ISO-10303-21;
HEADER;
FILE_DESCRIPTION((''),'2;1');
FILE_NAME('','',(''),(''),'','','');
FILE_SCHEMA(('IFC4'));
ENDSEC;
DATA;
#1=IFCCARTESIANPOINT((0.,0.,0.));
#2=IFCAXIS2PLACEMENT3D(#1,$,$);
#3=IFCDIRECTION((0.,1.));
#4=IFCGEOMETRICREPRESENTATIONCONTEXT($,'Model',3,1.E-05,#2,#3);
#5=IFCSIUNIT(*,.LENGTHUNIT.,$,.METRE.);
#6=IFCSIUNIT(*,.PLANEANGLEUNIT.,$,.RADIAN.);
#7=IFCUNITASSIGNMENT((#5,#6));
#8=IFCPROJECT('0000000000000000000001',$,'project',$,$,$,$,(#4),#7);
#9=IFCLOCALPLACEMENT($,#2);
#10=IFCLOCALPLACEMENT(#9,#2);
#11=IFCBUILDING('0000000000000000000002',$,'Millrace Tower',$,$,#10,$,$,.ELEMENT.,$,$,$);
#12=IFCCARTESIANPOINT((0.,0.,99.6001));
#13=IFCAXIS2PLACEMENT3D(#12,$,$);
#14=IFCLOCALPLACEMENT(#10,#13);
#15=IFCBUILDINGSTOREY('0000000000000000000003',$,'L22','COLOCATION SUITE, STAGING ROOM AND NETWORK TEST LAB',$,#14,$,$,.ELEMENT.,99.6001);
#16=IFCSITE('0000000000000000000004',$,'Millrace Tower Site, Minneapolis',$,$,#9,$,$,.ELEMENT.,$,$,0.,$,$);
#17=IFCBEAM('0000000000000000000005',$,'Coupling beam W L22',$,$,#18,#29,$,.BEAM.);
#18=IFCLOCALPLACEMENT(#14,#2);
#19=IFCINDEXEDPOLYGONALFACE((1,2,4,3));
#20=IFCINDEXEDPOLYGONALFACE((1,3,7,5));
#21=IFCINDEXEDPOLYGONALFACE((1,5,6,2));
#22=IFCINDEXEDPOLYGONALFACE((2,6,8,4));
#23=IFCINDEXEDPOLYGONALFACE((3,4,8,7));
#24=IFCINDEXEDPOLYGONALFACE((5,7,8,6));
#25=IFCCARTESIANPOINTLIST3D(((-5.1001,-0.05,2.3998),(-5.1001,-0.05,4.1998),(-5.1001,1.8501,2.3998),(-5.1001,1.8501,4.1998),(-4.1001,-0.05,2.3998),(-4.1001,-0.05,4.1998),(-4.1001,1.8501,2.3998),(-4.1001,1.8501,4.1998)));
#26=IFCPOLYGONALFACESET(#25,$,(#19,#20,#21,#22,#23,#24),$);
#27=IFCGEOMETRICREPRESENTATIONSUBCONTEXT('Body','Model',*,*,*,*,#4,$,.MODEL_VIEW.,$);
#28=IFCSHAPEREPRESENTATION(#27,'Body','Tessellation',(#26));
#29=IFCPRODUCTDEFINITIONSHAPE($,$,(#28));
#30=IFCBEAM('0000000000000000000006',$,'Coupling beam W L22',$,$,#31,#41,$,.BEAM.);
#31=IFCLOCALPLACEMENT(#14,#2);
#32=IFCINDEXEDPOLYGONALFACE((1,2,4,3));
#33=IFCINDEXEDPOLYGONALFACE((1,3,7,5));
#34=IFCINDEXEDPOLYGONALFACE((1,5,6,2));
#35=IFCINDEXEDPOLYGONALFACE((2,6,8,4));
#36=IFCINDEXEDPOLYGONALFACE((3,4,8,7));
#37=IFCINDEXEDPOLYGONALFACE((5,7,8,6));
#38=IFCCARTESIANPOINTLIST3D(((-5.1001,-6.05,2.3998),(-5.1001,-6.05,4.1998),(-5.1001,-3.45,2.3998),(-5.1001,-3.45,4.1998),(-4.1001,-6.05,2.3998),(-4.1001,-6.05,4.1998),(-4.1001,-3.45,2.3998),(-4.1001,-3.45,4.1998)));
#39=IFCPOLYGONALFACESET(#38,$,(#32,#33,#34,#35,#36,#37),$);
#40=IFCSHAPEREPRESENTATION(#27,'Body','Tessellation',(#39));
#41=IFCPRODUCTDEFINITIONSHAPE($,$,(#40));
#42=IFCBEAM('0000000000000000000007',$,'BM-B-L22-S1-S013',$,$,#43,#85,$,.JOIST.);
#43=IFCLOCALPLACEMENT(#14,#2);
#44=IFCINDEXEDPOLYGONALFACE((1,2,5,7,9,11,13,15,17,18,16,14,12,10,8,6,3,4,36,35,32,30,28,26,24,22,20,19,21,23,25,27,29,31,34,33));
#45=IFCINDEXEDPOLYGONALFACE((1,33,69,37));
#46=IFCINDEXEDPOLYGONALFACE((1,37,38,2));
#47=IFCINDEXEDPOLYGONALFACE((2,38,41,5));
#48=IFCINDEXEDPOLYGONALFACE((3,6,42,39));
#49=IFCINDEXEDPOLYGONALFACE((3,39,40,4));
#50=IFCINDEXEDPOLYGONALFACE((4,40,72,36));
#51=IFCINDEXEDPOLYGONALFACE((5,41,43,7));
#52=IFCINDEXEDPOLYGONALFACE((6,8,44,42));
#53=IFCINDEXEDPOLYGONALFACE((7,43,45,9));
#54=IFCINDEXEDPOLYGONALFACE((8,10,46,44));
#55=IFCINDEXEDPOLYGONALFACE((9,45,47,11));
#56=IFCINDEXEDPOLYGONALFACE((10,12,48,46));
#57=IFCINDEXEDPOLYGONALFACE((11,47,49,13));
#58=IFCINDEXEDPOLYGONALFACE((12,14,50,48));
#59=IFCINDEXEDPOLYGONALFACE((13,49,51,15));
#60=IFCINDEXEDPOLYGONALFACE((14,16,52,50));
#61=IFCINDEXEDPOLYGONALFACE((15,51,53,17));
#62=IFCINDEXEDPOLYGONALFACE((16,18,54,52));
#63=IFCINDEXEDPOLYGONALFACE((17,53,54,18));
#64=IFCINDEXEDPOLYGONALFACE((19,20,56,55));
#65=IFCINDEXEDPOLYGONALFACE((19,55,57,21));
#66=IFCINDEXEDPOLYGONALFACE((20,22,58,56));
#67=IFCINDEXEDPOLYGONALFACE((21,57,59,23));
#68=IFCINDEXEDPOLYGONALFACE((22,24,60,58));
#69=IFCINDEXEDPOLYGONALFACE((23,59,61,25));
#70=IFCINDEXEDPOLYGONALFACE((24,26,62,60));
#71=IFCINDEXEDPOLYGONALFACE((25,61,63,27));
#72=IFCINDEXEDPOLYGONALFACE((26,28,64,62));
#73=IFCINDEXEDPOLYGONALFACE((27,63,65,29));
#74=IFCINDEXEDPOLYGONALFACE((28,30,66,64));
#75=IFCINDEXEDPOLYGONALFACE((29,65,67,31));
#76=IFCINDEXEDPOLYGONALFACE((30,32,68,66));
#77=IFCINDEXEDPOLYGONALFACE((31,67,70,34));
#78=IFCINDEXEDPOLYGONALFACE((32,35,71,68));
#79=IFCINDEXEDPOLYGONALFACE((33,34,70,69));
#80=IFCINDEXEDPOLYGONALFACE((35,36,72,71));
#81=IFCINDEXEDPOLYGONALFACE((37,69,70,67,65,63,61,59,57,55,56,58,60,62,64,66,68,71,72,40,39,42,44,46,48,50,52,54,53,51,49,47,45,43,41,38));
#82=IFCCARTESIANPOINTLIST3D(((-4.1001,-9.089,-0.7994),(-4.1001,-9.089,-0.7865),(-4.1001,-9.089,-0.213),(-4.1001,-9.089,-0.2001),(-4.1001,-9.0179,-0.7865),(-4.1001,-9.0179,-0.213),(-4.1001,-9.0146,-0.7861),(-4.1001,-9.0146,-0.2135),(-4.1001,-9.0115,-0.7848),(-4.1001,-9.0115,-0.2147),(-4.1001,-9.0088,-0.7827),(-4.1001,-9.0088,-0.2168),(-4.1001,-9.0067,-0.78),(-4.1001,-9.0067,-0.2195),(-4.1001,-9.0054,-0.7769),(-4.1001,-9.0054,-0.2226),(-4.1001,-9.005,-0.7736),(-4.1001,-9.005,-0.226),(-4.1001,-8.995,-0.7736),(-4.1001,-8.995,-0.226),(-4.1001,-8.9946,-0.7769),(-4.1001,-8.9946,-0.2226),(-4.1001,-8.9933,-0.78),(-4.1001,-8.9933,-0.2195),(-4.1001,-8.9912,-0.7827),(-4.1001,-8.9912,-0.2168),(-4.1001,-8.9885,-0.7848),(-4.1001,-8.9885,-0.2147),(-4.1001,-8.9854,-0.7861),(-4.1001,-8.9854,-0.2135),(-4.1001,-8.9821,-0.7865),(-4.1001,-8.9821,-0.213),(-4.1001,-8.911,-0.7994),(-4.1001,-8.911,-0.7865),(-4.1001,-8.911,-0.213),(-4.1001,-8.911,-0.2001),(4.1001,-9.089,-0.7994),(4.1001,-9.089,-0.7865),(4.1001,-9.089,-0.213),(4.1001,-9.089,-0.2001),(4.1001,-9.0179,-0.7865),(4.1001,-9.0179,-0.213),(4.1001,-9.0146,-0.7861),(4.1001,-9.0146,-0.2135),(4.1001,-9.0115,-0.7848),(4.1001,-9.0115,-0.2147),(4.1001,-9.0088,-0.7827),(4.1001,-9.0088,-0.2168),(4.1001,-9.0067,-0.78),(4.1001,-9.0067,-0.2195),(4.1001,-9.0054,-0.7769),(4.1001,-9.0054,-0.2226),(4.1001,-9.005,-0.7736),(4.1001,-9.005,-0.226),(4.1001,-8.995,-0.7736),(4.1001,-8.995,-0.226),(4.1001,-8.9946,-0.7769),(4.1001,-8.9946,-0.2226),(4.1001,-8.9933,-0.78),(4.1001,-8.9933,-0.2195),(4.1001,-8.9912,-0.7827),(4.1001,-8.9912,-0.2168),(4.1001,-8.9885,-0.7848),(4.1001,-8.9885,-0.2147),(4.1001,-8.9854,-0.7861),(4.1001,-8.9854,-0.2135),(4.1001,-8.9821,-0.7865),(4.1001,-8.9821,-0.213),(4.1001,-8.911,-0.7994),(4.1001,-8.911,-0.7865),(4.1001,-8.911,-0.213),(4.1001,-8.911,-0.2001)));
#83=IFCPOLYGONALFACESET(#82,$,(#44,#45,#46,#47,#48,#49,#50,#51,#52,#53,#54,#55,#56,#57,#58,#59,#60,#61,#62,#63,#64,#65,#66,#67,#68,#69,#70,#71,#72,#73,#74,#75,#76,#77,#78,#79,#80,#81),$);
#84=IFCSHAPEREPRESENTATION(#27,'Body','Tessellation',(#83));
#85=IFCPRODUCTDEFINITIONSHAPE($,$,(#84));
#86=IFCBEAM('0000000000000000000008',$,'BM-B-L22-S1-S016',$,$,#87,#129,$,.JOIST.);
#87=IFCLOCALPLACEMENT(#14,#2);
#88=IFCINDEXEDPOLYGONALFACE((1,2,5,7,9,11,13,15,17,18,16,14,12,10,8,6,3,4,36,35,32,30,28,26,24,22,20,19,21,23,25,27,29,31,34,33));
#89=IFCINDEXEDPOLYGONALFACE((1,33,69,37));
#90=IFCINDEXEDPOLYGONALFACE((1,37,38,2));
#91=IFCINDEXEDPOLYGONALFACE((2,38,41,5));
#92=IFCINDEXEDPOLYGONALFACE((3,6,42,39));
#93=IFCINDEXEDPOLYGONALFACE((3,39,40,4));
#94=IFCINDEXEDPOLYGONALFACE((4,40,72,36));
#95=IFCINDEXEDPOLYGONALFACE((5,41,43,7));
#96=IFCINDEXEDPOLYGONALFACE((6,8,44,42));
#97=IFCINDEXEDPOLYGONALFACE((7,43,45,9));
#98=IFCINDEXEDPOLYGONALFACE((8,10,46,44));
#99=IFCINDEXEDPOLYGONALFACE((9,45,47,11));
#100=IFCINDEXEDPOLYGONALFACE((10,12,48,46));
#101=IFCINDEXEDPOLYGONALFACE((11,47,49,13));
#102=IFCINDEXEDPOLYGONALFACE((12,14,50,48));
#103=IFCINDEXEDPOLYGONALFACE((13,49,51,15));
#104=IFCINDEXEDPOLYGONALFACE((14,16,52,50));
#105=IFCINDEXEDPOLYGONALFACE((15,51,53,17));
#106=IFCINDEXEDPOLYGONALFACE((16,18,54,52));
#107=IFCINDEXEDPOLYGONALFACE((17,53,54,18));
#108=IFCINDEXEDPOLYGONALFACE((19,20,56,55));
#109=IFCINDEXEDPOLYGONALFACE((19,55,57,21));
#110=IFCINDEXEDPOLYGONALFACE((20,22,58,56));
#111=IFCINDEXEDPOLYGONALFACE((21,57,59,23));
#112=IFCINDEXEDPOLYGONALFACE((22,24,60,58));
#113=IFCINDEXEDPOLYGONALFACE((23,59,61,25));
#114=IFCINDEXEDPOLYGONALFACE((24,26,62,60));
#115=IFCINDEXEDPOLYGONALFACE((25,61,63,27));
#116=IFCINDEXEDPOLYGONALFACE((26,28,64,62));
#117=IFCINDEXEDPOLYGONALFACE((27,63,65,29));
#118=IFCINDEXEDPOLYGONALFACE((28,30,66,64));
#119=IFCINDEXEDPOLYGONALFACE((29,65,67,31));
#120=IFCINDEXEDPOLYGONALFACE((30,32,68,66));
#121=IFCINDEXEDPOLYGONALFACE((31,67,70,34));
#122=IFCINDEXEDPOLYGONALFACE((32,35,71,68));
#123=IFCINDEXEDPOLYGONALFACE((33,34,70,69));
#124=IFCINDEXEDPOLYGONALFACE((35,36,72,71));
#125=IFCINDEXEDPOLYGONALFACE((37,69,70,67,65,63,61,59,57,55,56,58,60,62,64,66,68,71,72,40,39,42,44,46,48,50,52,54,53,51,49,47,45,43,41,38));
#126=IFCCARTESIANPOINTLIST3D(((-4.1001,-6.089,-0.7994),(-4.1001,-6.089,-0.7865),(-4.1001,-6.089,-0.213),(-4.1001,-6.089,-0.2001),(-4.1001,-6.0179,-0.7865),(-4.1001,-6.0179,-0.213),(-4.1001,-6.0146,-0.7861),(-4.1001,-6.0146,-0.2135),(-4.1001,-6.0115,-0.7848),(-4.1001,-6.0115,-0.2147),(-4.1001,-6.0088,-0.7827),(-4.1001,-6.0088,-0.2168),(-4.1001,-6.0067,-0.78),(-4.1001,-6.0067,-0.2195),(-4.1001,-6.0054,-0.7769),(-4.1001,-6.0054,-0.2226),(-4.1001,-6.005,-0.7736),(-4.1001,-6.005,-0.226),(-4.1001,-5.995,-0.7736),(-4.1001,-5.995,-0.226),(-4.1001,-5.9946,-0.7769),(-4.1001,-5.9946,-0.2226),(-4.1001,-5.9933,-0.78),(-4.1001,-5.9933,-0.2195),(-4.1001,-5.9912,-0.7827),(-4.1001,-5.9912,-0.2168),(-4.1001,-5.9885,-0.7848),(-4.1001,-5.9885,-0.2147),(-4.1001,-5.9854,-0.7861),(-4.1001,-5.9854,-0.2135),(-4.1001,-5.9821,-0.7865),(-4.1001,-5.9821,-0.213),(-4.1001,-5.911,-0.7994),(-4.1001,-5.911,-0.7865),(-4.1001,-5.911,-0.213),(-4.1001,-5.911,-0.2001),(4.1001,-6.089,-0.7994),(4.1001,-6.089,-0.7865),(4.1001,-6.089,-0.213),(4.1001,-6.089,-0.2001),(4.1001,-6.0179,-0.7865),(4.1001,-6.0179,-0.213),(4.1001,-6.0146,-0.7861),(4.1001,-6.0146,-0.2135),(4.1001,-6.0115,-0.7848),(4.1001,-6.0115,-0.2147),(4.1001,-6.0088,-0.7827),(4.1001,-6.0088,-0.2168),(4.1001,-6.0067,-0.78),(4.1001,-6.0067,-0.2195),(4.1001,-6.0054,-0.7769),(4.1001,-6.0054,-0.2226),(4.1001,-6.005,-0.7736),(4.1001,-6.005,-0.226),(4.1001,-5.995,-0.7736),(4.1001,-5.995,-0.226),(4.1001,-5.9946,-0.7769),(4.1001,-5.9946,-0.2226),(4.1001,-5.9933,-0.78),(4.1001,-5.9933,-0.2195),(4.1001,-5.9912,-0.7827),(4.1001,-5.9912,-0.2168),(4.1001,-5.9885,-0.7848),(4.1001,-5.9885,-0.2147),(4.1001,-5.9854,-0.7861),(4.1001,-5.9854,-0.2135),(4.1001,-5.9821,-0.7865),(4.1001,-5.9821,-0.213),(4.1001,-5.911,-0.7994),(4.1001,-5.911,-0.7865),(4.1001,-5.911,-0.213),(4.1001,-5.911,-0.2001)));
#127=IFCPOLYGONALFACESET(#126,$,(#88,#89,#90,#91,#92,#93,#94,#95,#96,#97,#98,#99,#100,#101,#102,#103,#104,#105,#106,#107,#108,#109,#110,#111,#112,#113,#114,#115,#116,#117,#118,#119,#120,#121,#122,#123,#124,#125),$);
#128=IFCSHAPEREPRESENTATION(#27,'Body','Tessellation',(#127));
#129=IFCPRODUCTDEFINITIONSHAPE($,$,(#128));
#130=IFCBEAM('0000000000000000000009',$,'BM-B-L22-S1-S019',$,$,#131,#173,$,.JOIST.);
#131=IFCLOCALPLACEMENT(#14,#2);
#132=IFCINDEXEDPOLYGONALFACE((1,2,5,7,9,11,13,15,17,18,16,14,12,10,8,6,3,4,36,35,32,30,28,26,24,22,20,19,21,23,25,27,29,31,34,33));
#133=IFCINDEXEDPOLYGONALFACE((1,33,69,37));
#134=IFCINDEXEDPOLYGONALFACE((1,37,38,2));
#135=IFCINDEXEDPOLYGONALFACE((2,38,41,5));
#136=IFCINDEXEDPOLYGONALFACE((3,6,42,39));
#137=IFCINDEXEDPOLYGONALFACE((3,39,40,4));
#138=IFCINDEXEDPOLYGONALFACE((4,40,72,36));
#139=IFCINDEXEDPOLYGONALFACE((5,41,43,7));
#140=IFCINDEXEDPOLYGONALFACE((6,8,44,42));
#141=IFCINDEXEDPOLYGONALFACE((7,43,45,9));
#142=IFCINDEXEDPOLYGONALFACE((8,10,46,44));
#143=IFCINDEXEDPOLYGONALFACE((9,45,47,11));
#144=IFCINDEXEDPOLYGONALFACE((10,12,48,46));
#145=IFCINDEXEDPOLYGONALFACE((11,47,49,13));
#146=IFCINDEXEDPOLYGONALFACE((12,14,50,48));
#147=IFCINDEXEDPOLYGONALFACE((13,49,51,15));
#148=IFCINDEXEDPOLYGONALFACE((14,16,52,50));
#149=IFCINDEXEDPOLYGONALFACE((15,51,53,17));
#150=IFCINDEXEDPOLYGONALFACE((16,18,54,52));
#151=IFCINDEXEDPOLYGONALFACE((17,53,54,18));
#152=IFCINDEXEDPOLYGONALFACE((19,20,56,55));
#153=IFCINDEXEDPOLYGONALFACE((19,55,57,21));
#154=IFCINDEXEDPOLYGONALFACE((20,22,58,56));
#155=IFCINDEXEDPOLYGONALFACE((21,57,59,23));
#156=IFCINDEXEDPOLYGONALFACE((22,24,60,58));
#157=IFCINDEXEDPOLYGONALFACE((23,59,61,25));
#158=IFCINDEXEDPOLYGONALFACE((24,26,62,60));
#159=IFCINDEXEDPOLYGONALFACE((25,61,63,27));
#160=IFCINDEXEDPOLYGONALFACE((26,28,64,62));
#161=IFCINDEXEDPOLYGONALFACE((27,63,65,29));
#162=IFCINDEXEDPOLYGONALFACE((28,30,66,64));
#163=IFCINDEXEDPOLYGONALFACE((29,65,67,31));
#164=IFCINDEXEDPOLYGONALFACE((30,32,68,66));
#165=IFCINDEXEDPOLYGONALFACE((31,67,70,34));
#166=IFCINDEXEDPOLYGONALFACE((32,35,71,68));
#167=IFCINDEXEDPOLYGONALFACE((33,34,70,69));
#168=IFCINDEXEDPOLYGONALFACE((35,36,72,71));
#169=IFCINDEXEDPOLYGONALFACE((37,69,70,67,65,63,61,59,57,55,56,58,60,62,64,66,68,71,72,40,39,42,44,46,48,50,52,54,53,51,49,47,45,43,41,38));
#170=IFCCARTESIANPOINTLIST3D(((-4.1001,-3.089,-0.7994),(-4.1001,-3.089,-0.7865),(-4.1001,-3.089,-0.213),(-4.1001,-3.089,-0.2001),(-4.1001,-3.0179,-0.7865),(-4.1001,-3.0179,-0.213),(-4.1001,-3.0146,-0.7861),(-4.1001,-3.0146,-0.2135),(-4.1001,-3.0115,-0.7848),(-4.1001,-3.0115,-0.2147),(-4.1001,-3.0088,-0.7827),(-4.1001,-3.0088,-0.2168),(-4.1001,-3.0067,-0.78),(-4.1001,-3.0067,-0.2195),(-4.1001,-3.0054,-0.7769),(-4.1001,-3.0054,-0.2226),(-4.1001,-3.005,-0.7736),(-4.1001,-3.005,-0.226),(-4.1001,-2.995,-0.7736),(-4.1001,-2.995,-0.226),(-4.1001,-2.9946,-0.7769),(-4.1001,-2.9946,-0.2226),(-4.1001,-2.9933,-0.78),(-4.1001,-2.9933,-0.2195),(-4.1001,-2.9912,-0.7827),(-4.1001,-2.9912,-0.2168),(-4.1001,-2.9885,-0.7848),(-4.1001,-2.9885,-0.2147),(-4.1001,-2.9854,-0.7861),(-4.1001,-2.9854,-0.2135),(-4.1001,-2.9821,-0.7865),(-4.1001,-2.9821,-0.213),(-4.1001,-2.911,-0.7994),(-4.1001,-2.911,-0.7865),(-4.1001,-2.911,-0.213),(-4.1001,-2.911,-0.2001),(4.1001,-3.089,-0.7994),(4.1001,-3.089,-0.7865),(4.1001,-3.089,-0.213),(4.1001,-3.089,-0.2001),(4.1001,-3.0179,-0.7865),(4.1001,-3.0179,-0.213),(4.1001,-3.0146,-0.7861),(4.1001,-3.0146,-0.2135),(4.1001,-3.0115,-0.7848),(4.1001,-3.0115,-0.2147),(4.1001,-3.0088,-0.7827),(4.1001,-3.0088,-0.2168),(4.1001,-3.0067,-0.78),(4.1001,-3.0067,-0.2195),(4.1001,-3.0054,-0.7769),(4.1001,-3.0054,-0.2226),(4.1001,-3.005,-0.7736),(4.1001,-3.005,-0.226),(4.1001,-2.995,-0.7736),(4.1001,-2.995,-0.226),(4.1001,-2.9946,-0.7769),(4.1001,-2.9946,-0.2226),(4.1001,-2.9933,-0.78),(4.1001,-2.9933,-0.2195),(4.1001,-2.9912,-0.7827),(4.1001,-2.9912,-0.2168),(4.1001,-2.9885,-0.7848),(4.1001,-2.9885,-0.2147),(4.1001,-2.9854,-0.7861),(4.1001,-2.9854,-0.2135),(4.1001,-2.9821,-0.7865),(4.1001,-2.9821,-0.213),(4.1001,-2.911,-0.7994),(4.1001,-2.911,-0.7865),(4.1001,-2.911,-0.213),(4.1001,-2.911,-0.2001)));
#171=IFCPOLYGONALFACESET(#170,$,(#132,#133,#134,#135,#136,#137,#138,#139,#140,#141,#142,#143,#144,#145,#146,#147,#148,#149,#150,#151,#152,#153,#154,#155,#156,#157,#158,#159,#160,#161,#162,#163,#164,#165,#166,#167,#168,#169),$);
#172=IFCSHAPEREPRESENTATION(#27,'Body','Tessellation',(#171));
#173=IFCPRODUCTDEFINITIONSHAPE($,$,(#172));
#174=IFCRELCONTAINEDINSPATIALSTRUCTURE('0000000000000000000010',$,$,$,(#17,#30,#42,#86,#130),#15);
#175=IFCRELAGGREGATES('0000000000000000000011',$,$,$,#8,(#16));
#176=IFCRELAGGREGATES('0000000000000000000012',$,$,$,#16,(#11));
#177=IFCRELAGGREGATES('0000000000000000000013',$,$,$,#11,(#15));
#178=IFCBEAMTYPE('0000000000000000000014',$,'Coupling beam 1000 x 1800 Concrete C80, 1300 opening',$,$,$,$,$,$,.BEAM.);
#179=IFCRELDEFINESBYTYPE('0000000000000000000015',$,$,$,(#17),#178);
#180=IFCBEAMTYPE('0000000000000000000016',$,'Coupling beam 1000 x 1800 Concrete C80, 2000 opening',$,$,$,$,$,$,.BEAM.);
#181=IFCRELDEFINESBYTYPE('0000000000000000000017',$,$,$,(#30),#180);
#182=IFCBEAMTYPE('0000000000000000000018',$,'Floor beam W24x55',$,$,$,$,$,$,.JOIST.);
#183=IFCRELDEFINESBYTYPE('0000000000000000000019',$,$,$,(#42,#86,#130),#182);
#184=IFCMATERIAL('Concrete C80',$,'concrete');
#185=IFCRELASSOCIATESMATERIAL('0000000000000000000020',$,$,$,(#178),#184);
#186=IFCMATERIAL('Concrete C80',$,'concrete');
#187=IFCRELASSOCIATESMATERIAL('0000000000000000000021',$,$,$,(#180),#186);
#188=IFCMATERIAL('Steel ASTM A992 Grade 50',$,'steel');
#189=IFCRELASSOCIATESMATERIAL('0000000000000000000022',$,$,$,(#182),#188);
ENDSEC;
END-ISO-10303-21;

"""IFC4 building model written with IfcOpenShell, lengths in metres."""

from ifc_helpers import new_model, si_unit, direction, frame, origin, origin_2d, place, context, subcontext, project, spatial, rectangle, i_section, extrude, material, material_profile, profile_set, type_object, element, save


model = new_model("IFC4")

# Units and contexts
model_context = context("Model", 3, precision=1e-05, world=origin(), true_north=direction((0.0, 1.0)))
body_context = subcontext(model_context, "Body", "Model", "MODEL_VIEW")
ifc_project = project(units=[si_unit("LENGTHUNIT", "METRE"), si_unit("PLANEANGLEUNIT", "RADIAN")], contexts=[model_context])

# Site, building, storey
site_placement = place(None, origin())
site = spatial("IfcSite", under=ifc_project, at=site_placement, Name="Millrace Tower Site, Minneapolis", CompositionType="ELEMENT", RefElevation=0.0)
building_placement = place(site_placement, origin())
building = spatial("IfcBuilding", under=site, at=building_placement, Name="Millrace Tower", CompositionType="ELEMENT")
storey_placement = place(building_placement, frame((0.0, 0.0, 99.6001)))
storey = spatial("IfcBuildingStorey", under=building, at=storey_placement, Name="L22", Description="COLOCATION SUITE, STAGING ROOM AND NETWORK TEST LAB", CompositionType="ELEMENT", Elevation=99.6001)

# Beams
ifc_material_1 = material(Name="Concrete C80", Category="concrete")
ifc_material_profile_1 = material_profile(ifc_material_1, rectangle(XDim=1.0, YDim=1.8, at=origin_2d()))
ifc_profile_set_1 = profile_set([ifc_material_profile_1], Name="Concrete C80")
beam_type_1 = type_object("IfcBeamType", Name="Coupling beam 1000 x 1800 Concrete C80, 1300 opening", PredefinedType="BEAM", material=ifc_profile_set_1)
beam_1_placement = place(storey_placement, frame((-4.6001, -0.05, 3.2998), z_axis=(0.0, 1.0, 0.0), x_axis=(-1.0, 0.0, 0.0)))
element("IfcBeam", 1, at=beam_1_placement, inside=storey, type_object=beam_type_1, Name="Coupling beam W L22", PredefinedType="BEAM", context=body_context, shape_type="SweptSolid", body=[
    extrude(rectangle(XDim=1.0, YDim=1.8, at=origin_2d()), origin(), (0.0, 0.0, 1.0), 1.9001),
])
ifc_material_2 = material(Name="Concrete C80", Category="concrete")
ifc_material_profile_2 = material_profile(ifc_material_2, rectangle(XDim=1.0, YDim=1.8, at=origin_2d()))
ifc_profile_set_2 = profile_set([ifc_material_profile_2], Name="Concrete C80")
beam_type_2 = type_object("IfcBeamType", Name="Coupling beam 1000 x 1800 Concrete C80, 2000 opening", PredefinedType="BEAM", material=ifc_profile_set_2)
beam_2_placement = place(storey_placement, frame((-4.6001, -6.05, 3.2998), z_axis=(0.0, 1.0, 0.0), x_axis=(-1.0, 0.0, 0.0)))
element("IfcBeam", 2, at=beam_2_placement, inside=storey, type_object=beam_type_2, Name="Coupling beam W L22", PredefinedType="BEAM", context=body_context, shape_type="SweptSolid", body=[
    extrude(rectangle(XDim=1.0, YDim=1.8, at=origin_2d()), origin(), (0.0, 0.0, 1.0), 2.6001),
])
ifc_material_3 = material(Name="Steel ASTM A992 Grade 50", Category="steel")
ifc_material_profile_3 = material_profile(ifc_material_3, i_section(OverallWidth=0.178, OverallDepth=0.5994, WebThickness=0.01, FlangeThickness=0.0129, FilletRadius=0.0129, at=origin_2d()))
ifc_profile_set_3 = profile_set([ifc_material_profile_3], Name="Steel ASTM A992 Grade 50")
beam_type_3 = type_object("IfcBeamType", Name="Floor beam W24x55", PredefinedType="JOIST", material=ifc_profile_set_3)
for number, where, z_axis, x_axis, name in (
    (3, (-4.1001, -9.0, -0.4998), (1.0, 0.0, 0.0), (0.0, 1.0, 0.0), "BM-B-L22-S1-S013"),
    (4, (-4.1001, -6.0, -0.4998), (1.0, 0.0, 0.0), (0.0, 1.0, 0.0), "BM-B-L22-S1-S016"),
    (5, (-4.1001, -3.0, -0.4998), (1.0, 0.0, 0.0), (0.0, 1.0, 0.0), "BM-B-L22-S1-S019"),
):
    element("IfcBeam", number, at=place(storey_placement, frame(where, z_axis=z_axis, x_axis=x_axis)), inside=storey, type_object=beam_type_3, Name=name, PredefinedType="JOIST", context=body_context, shape_type="SweptSolid", body=[
        extrude(i_section(OverallWidth=0.178, OverallDepth=0.5994, WebThickness=0.01, FlangeThickness=0.0129, FilletRadius=0.0129, at=origin_2d()), origin(), (0.0, 0.0, 1.0), 8.2002),
    ])

save(model, "model.ifc")
